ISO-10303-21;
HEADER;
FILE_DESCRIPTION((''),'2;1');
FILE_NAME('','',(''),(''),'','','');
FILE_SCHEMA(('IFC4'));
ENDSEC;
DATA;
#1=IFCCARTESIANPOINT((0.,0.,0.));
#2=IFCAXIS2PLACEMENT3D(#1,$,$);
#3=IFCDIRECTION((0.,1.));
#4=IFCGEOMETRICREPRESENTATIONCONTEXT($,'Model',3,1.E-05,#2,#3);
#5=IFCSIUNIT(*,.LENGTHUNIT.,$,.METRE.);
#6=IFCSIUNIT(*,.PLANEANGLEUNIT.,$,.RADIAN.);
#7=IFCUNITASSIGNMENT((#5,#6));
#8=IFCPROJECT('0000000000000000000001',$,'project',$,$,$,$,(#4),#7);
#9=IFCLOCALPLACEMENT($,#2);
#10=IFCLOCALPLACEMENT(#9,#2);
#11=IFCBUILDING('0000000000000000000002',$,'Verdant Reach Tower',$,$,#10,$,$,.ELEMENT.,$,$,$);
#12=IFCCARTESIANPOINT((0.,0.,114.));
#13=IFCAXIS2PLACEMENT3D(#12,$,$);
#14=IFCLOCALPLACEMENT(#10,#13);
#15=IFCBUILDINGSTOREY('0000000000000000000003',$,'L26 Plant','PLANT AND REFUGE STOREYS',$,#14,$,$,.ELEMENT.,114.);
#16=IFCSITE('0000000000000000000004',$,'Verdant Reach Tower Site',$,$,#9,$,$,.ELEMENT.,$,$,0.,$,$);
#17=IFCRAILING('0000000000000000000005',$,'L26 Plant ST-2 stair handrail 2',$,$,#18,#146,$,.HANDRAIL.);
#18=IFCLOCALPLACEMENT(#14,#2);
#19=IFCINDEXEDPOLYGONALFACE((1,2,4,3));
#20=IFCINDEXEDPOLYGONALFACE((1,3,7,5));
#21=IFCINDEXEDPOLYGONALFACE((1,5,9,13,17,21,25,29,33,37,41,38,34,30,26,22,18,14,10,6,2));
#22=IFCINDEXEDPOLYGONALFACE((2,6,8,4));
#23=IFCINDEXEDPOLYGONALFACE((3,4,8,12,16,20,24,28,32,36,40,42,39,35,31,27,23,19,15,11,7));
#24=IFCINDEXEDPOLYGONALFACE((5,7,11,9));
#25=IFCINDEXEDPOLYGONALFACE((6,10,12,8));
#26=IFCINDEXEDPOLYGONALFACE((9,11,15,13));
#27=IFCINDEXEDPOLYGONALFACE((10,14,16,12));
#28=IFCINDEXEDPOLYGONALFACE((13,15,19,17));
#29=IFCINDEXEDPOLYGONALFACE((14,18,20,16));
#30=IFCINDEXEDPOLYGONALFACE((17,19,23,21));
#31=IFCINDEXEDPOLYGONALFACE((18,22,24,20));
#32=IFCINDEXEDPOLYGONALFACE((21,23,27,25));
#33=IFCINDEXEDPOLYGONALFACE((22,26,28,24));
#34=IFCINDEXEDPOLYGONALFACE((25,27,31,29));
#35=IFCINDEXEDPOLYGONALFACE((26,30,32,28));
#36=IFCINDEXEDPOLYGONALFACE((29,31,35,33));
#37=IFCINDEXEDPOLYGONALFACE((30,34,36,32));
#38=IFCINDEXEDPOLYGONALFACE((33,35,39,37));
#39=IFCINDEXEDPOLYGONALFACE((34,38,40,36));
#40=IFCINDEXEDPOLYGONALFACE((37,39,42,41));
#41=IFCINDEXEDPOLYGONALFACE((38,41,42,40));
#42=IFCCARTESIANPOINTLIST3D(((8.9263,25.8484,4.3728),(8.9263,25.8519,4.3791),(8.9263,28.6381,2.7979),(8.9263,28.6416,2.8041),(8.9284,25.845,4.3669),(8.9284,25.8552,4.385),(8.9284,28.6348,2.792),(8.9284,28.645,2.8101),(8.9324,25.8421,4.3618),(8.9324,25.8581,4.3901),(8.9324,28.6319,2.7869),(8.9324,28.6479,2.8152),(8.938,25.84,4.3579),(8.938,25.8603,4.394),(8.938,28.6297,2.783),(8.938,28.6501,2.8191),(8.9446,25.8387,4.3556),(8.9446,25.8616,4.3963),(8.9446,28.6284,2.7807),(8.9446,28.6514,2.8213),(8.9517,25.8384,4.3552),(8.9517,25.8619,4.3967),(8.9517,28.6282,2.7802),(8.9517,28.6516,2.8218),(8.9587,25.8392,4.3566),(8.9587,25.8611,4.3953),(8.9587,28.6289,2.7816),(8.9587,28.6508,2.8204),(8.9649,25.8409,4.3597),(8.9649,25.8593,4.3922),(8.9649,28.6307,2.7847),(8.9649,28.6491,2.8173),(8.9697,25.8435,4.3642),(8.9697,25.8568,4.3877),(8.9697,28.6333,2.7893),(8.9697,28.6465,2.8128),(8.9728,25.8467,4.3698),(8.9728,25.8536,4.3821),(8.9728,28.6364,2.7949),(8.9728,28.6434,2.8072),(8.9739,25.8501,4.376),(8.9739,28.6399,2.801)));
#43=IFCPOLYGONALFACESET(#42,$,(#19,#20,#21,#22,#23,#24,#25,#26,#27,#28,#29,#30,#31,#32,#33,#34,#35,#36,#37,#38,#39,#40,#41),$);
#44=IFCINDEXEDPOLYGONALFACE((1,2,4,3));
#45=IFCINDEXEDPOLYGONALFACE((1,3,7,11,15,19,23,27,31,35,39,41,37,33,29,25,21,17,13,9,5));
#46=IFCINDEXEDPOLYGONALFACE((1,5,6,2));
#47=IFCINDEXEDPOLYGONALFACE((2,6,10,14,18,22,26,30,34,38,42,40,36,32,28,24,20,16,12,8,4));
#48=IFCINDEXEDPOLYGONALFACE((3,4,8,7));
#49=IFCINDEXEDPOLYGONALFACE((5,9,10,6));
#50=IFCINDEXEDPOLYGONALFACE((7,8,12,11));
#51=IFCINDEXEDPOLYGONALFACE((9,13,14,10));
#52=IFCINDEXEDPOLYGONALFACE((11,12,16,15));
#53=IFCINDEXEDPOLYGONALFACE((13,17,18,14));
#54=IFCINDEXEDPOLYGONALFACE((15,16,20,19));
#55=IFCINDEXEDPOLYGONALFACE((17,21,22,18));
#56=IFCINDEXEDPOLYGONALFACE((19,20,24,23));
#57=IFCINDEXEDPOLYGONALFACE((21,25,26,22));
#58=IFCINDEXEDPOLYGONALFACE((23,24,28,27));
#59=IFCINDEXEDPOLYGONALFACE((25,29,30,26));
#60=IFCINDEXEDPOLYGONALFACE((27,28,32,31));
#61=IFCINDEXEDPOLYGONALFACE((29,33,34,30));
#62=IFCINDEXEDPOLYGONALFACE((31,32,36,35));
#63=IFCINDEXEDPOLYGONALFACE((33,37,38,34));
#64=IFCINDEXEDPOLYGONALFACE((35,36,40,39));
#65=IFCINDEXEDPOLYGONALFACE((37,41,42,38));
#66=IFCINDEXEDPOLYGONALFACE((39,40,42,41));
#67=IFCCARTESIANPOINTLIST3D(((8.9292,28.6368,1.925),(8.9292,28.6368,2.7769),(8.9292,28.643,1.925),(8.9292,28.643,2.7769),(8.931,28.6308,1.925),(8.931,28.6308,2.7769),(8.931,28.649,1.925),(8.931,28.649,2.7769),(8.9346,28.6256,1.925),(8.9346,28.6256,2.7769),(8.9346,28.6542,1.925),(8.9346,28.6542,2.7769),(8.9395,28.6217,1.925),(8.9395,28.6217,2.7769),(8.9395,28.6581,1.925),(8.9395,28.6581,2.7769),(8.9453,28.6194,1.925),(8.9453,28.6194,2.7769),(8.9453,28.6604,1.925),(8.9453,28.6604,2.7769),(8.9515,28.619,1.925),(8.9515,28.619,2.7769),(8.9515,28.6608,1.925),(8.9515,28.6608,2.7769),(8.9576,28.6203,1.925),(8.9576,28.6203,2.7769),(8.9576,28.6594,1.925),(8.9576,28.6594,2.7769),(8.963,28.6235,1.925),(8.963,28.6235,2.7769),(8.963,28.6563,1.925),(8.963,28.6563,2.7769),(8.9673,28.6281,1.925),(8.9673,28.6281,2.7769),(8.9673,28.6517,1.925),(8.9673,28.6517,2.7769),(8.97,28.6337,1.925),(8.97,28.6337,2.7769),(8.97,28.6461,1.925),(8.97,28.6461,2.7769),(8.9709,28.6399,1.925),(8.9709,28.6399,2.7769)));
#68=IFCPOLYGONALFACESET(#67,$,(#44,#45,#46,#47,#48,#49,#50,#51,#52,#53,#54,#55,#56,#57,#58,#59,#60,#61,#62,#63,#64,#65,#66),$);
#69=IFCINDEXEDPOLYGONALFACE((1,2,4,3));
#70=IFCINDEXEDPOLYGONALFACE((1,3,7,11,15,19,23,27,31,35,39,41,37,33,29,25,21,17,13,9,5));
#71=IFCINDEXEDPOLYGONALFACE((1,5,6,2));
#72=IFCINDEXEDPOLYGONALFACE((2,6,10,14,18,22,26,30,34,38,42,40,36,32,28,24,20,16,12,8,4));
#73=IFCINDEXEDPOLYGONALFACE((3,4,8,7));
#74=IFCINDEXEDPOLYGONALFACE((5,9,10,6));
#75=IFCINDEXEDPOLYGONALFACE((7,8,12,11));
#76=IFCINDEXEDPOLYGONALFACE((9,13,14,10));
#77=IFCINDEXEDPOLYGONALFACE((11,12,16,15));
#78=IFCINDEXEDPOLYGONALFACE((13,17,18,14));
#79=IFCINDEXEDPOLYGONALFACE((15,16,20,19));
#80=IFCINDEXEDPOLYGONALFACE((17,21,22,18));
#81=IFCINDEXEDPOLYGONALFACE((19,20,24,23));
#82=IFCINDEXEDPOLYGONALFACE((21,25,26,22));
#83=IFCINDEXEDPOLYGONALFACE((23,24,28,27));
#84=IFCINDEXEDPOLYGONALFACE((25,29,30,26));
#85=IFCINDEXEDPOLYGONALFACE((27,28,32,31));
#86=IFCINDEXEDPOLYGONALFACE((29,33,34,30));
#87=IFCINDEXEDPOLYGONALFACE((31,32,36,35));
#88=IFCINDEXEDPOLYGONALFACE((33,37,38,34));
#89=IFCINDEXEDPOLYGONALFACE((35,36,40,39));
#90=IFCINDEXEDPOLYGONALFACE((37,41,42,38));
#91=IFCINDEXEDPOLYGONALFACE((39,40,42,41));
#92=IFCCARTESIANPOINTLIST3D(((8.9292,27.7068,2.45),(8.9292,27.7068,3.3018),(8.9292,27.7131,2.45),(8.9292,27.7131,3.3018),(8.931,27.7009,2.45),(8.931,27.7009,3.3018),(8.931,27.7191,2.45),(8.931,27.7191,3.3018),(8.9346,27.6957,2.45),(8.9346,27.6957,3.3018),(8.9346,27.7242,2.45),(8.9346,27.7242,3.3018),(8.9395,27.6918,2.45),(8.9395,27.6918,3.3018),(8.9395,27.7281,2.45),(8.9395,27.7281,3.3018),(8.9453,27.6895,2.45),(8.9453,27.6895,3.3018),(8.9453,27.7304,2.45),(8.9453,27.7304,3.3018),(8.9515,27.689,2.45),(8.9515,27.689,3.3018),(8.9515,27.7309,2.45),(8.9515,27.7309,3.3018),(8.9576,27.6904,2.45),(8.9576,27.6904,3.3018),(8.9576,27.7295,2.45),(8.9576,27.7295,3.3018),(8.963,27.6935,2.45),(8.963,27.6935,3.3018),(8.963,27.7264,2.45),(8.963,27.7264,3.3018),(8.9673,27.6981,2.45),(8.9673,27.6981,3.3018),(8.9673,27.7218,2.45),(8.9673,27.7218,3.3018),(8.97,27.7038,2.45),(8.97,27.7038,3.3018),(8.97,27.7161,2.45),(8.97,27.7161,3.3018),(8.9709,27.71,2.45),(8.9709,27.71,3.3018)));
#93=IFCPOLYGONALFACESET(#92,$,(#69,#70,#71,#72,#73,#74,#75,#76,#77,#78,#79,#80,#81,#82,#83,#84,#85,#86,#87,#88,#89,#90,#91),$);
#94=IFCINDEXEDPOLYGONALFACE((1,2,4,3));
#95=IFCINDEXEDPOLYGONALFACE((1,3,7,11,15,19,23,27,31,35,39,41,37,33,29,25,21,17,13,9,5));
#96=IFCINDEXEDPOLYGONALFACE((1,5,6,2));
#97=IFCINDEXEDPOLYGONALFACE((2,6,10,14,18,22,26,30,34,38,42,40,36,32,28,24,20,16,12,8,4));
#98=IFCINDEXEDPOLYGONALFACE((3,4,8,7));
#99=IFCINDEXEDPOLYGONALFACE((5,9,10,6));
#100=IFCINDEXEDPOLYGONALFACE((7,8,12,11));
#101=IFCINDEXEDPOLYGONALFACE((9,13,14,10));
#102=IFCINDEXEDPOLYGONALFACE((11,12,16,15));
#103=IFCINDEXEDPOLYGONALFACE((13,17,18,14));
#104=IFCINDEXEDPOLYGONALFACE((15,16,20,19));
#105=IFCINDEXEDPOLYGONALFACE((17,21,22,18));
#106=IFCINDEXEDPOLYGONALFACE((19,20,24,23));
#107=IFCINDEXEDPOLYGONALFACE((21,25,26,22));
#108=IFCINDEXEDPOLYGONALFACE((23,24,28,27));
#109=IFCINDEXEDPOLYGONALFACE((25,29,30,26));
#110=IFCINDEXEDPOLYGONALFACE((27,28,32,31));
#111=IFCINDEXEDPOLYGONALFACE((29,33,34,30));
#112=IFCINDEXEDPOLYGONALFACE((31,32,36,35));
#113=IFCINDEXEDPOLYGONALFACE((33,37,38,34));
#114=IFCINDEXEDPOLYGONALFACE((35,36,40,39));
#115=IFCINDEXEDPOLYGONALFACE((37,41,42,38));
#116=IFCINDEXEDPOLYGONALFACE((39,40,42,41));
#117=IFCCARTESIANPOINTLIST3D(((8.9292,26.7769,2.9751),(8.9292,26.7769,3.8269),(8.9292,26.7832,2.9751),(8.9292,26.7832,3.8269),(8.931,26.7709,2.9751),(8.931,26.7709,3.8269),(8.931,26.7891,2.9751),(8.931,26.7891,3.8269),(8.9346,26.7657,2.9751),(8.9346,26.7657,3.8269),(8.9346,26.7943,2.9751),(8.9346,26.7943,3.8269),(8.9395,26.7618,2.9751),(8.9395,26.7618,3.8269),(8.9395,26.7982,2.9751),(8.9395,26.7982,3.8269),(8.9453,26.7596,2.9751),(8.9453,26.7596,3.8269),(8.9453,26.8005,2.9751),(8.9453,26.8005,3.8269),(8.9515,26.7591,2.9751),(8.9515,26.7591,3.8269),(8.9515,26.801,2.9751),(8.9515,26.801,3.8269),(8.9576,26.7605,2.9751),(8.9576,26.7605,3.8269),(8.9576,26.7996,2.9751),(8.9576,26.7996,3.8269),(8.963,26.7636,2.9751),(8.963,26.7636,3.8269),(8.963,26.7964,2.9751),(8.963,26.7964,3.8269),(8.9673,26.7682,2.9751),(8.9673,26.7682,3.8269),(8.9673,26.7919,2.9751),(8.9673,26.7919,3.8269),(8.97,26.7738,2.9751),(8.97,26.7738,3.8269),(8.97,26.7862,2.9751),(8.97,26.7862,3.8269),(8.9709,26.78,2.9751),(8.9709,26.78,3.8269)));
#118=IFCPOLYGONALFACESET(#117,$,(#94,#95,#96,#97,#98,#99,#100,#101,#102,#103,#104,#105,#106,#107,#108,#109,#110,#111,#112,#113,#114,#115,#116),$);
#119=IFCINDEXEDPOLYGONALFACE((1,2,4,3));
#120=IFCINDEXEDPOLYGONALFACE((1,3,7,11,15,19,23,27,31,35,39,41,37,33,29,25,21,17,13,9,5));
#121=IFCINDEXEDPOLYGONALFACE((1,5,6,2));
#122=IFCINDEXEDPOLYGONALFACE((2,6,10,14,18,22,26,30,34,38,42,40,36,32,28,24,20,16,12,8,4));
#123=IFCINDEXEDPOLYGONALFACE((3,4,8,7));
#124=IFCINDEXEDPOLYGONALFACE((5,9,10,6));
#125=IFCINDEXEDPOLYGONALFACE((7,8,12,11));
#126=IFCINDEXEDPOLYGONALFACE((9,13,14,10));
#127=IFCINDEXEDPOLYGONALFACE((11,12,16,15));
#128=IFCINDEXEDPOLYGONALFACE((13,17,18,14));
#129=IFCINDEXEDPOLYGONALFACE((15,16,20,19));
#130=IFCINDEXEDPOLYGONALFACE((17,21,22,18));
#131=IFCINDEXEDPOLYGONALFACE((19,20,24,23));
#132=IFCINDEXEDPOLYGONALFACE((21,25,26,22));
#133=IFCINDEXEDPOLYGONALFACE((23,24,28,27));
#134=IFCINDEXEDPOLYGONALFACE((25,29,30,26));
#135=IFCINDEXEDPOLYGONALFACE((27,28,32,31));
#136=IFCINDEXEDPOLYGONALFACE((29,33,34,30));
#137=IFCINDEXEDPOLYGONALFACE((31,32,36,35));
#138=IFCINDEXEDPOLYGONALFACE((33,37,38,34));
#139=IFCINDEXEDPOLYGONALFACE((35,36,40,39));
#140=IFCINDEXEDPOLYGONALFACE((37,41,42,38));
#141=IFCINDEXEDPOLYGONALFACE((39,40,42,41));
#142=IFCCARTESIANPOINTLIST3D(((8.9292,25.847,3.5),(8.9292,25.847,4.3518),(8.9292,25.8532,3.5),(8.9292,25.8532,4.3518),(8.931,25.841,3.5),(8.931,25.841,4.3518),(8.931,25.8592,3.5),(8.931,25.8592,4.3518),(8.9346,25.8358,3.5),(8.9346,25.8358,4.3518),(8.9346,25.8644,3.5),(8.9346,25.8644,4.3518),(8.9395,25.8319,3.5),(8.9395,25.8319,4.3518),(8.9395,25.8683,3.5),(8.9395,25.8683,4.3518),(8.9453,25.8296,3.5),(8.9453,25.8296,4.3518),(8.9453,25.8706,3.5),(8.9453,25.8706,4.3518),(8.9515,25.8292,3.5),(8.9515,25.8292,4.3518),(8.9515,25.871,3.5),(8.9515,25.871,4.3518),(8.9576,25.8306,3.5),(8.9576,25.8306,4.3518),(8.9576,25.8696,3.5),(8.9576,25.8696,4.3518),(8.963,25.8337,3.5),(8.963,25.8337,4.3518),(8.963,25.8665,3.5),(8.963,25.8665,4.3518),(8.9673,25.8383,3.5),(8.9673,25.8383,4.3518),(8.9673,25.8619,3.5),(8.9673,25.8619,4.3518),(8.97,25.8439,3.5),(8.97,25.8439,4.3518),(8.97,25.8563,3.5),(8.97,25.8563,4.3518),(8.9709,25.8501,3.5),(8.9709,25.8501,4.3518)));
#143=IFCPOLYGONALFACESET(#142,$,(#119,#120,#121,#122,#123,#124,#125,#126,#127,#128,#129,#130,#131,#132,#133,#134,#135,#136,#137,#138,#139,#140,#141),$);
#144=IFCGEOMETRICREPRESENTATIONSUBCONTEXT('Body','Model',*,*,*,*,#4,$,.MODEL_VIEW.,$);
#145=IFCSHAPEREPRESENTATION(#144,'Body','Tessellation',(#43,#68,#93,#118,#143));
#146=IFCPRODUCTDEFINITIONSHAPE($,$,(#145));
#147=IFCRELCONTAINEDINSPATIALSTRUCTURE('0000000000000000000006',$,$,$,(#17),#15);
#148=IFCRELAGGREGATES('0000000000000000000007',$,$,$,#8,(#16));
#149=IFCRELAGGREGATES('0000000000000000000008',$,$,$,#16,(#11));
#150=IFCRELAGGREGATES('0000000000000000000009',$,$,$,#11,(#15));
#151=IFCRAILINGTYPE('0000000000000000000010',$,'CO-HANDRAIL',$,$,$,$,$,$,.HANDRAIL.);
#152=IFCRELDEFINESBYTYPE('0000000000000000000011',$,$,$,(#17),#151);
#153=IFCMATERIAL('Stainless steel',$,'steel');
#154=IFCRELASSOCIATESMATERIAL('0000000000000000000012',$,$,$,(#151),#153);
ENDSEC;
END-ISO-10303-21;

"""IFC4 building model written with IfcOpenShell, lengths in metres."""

from ifc_helpers import new_model, si_unit, direction, frame, origin, origin_2d, place, context, subcontext, project, spatial, circle, extrude, material, type_object, element, save


model = new_model("IFC4")

# Units and contexts
model_context = context("Model", 3, precision=1e-05, world=origin(), true_north=direction((0.0, 1.0)))
body_context = subcontext(model_context, "Body", "Model", "MODEL_VIEW")
ifc_project = project(units=[si_unit("LENGTHUNIT", "METRE"), si_unit("PLANEANGLEUNIT", "RADIAN")], contexts=[model_context])

# Site, building, storey
site_placement = place(None, origin())
site = spatial("IfcSite", under=ifc_project, at=site_placement, Name="Verdant Reach Tower Site", CompositionType="ELEMENT", RefElevation=0.0)
building_placement = place(site_placement, origin())
building = spatial("IfcBuilding", under=site, at=building_placement, Name="Verdant Reach Tower", CompositionType="ELEMENT")
storey_placement = place(building_placement, frame((0.0, 0.0, 114.0)))
storey = spatial("IfcBuildingStorey", under=building, at=storey_placement, Name="L26 Plant", Description="PLANT AND REFUGE STOREYS", CompositionType="ELEMENT", Elevation=114.0)

# Railing
ifc_material_1 = material(Name="Stainless steel", Category="steel")
railing_type_1 = type_object("IfcRailingType", Name="CO-HANDRAIL", PredefinedType="HANDRAIL", material=ifc_material_1)
for number, where, name in (
    (1, (8.95, 28.6399, 1.925), "L26 Plant ST-2 stair handrail 2"),
):
    element("IfcRailing", number, at=place(storey_placement, frame(where)), inside=storey, type_object=railing_type_1, Name=name, PredefinedType="HANDRAIL", context=body_context, shape_type="SweptSolid", body=[
        extrude(circle(Radius=0.0239, at=origin_2d()), frame((0.0, 0.0, 0.876), z_axis=(0.0, -0.870815, 0.49161), x_axis=(1.0, 0.0, 0.0)), (0.0, 0.0, 1.0), 3.2036),
        extrude(circle(Radius=0.021, at=origin_2d()), origin(), (0.0, 0.0, 1.0), 0.8518),
        extrude(circle(Radius=0.021, at=origin_2d()), frame((0.0, -0.9299, 0.5249)), (0.0, 0.0, 1.0), 0.8518),
        extrude(circle(Radius=0.021, at=origin_2d()), frame((0.0, -1.8599, 1.05)), (0.0, 0.0, 1.0), 0.8518),
        extrude(circle(Radius=0.021, at=origin_2d()), frame((0.0, -2.7898, 1.575)), (0.0, 0.0, 1.0), 0.8518),
    ])

save(model, "model.ifc")
